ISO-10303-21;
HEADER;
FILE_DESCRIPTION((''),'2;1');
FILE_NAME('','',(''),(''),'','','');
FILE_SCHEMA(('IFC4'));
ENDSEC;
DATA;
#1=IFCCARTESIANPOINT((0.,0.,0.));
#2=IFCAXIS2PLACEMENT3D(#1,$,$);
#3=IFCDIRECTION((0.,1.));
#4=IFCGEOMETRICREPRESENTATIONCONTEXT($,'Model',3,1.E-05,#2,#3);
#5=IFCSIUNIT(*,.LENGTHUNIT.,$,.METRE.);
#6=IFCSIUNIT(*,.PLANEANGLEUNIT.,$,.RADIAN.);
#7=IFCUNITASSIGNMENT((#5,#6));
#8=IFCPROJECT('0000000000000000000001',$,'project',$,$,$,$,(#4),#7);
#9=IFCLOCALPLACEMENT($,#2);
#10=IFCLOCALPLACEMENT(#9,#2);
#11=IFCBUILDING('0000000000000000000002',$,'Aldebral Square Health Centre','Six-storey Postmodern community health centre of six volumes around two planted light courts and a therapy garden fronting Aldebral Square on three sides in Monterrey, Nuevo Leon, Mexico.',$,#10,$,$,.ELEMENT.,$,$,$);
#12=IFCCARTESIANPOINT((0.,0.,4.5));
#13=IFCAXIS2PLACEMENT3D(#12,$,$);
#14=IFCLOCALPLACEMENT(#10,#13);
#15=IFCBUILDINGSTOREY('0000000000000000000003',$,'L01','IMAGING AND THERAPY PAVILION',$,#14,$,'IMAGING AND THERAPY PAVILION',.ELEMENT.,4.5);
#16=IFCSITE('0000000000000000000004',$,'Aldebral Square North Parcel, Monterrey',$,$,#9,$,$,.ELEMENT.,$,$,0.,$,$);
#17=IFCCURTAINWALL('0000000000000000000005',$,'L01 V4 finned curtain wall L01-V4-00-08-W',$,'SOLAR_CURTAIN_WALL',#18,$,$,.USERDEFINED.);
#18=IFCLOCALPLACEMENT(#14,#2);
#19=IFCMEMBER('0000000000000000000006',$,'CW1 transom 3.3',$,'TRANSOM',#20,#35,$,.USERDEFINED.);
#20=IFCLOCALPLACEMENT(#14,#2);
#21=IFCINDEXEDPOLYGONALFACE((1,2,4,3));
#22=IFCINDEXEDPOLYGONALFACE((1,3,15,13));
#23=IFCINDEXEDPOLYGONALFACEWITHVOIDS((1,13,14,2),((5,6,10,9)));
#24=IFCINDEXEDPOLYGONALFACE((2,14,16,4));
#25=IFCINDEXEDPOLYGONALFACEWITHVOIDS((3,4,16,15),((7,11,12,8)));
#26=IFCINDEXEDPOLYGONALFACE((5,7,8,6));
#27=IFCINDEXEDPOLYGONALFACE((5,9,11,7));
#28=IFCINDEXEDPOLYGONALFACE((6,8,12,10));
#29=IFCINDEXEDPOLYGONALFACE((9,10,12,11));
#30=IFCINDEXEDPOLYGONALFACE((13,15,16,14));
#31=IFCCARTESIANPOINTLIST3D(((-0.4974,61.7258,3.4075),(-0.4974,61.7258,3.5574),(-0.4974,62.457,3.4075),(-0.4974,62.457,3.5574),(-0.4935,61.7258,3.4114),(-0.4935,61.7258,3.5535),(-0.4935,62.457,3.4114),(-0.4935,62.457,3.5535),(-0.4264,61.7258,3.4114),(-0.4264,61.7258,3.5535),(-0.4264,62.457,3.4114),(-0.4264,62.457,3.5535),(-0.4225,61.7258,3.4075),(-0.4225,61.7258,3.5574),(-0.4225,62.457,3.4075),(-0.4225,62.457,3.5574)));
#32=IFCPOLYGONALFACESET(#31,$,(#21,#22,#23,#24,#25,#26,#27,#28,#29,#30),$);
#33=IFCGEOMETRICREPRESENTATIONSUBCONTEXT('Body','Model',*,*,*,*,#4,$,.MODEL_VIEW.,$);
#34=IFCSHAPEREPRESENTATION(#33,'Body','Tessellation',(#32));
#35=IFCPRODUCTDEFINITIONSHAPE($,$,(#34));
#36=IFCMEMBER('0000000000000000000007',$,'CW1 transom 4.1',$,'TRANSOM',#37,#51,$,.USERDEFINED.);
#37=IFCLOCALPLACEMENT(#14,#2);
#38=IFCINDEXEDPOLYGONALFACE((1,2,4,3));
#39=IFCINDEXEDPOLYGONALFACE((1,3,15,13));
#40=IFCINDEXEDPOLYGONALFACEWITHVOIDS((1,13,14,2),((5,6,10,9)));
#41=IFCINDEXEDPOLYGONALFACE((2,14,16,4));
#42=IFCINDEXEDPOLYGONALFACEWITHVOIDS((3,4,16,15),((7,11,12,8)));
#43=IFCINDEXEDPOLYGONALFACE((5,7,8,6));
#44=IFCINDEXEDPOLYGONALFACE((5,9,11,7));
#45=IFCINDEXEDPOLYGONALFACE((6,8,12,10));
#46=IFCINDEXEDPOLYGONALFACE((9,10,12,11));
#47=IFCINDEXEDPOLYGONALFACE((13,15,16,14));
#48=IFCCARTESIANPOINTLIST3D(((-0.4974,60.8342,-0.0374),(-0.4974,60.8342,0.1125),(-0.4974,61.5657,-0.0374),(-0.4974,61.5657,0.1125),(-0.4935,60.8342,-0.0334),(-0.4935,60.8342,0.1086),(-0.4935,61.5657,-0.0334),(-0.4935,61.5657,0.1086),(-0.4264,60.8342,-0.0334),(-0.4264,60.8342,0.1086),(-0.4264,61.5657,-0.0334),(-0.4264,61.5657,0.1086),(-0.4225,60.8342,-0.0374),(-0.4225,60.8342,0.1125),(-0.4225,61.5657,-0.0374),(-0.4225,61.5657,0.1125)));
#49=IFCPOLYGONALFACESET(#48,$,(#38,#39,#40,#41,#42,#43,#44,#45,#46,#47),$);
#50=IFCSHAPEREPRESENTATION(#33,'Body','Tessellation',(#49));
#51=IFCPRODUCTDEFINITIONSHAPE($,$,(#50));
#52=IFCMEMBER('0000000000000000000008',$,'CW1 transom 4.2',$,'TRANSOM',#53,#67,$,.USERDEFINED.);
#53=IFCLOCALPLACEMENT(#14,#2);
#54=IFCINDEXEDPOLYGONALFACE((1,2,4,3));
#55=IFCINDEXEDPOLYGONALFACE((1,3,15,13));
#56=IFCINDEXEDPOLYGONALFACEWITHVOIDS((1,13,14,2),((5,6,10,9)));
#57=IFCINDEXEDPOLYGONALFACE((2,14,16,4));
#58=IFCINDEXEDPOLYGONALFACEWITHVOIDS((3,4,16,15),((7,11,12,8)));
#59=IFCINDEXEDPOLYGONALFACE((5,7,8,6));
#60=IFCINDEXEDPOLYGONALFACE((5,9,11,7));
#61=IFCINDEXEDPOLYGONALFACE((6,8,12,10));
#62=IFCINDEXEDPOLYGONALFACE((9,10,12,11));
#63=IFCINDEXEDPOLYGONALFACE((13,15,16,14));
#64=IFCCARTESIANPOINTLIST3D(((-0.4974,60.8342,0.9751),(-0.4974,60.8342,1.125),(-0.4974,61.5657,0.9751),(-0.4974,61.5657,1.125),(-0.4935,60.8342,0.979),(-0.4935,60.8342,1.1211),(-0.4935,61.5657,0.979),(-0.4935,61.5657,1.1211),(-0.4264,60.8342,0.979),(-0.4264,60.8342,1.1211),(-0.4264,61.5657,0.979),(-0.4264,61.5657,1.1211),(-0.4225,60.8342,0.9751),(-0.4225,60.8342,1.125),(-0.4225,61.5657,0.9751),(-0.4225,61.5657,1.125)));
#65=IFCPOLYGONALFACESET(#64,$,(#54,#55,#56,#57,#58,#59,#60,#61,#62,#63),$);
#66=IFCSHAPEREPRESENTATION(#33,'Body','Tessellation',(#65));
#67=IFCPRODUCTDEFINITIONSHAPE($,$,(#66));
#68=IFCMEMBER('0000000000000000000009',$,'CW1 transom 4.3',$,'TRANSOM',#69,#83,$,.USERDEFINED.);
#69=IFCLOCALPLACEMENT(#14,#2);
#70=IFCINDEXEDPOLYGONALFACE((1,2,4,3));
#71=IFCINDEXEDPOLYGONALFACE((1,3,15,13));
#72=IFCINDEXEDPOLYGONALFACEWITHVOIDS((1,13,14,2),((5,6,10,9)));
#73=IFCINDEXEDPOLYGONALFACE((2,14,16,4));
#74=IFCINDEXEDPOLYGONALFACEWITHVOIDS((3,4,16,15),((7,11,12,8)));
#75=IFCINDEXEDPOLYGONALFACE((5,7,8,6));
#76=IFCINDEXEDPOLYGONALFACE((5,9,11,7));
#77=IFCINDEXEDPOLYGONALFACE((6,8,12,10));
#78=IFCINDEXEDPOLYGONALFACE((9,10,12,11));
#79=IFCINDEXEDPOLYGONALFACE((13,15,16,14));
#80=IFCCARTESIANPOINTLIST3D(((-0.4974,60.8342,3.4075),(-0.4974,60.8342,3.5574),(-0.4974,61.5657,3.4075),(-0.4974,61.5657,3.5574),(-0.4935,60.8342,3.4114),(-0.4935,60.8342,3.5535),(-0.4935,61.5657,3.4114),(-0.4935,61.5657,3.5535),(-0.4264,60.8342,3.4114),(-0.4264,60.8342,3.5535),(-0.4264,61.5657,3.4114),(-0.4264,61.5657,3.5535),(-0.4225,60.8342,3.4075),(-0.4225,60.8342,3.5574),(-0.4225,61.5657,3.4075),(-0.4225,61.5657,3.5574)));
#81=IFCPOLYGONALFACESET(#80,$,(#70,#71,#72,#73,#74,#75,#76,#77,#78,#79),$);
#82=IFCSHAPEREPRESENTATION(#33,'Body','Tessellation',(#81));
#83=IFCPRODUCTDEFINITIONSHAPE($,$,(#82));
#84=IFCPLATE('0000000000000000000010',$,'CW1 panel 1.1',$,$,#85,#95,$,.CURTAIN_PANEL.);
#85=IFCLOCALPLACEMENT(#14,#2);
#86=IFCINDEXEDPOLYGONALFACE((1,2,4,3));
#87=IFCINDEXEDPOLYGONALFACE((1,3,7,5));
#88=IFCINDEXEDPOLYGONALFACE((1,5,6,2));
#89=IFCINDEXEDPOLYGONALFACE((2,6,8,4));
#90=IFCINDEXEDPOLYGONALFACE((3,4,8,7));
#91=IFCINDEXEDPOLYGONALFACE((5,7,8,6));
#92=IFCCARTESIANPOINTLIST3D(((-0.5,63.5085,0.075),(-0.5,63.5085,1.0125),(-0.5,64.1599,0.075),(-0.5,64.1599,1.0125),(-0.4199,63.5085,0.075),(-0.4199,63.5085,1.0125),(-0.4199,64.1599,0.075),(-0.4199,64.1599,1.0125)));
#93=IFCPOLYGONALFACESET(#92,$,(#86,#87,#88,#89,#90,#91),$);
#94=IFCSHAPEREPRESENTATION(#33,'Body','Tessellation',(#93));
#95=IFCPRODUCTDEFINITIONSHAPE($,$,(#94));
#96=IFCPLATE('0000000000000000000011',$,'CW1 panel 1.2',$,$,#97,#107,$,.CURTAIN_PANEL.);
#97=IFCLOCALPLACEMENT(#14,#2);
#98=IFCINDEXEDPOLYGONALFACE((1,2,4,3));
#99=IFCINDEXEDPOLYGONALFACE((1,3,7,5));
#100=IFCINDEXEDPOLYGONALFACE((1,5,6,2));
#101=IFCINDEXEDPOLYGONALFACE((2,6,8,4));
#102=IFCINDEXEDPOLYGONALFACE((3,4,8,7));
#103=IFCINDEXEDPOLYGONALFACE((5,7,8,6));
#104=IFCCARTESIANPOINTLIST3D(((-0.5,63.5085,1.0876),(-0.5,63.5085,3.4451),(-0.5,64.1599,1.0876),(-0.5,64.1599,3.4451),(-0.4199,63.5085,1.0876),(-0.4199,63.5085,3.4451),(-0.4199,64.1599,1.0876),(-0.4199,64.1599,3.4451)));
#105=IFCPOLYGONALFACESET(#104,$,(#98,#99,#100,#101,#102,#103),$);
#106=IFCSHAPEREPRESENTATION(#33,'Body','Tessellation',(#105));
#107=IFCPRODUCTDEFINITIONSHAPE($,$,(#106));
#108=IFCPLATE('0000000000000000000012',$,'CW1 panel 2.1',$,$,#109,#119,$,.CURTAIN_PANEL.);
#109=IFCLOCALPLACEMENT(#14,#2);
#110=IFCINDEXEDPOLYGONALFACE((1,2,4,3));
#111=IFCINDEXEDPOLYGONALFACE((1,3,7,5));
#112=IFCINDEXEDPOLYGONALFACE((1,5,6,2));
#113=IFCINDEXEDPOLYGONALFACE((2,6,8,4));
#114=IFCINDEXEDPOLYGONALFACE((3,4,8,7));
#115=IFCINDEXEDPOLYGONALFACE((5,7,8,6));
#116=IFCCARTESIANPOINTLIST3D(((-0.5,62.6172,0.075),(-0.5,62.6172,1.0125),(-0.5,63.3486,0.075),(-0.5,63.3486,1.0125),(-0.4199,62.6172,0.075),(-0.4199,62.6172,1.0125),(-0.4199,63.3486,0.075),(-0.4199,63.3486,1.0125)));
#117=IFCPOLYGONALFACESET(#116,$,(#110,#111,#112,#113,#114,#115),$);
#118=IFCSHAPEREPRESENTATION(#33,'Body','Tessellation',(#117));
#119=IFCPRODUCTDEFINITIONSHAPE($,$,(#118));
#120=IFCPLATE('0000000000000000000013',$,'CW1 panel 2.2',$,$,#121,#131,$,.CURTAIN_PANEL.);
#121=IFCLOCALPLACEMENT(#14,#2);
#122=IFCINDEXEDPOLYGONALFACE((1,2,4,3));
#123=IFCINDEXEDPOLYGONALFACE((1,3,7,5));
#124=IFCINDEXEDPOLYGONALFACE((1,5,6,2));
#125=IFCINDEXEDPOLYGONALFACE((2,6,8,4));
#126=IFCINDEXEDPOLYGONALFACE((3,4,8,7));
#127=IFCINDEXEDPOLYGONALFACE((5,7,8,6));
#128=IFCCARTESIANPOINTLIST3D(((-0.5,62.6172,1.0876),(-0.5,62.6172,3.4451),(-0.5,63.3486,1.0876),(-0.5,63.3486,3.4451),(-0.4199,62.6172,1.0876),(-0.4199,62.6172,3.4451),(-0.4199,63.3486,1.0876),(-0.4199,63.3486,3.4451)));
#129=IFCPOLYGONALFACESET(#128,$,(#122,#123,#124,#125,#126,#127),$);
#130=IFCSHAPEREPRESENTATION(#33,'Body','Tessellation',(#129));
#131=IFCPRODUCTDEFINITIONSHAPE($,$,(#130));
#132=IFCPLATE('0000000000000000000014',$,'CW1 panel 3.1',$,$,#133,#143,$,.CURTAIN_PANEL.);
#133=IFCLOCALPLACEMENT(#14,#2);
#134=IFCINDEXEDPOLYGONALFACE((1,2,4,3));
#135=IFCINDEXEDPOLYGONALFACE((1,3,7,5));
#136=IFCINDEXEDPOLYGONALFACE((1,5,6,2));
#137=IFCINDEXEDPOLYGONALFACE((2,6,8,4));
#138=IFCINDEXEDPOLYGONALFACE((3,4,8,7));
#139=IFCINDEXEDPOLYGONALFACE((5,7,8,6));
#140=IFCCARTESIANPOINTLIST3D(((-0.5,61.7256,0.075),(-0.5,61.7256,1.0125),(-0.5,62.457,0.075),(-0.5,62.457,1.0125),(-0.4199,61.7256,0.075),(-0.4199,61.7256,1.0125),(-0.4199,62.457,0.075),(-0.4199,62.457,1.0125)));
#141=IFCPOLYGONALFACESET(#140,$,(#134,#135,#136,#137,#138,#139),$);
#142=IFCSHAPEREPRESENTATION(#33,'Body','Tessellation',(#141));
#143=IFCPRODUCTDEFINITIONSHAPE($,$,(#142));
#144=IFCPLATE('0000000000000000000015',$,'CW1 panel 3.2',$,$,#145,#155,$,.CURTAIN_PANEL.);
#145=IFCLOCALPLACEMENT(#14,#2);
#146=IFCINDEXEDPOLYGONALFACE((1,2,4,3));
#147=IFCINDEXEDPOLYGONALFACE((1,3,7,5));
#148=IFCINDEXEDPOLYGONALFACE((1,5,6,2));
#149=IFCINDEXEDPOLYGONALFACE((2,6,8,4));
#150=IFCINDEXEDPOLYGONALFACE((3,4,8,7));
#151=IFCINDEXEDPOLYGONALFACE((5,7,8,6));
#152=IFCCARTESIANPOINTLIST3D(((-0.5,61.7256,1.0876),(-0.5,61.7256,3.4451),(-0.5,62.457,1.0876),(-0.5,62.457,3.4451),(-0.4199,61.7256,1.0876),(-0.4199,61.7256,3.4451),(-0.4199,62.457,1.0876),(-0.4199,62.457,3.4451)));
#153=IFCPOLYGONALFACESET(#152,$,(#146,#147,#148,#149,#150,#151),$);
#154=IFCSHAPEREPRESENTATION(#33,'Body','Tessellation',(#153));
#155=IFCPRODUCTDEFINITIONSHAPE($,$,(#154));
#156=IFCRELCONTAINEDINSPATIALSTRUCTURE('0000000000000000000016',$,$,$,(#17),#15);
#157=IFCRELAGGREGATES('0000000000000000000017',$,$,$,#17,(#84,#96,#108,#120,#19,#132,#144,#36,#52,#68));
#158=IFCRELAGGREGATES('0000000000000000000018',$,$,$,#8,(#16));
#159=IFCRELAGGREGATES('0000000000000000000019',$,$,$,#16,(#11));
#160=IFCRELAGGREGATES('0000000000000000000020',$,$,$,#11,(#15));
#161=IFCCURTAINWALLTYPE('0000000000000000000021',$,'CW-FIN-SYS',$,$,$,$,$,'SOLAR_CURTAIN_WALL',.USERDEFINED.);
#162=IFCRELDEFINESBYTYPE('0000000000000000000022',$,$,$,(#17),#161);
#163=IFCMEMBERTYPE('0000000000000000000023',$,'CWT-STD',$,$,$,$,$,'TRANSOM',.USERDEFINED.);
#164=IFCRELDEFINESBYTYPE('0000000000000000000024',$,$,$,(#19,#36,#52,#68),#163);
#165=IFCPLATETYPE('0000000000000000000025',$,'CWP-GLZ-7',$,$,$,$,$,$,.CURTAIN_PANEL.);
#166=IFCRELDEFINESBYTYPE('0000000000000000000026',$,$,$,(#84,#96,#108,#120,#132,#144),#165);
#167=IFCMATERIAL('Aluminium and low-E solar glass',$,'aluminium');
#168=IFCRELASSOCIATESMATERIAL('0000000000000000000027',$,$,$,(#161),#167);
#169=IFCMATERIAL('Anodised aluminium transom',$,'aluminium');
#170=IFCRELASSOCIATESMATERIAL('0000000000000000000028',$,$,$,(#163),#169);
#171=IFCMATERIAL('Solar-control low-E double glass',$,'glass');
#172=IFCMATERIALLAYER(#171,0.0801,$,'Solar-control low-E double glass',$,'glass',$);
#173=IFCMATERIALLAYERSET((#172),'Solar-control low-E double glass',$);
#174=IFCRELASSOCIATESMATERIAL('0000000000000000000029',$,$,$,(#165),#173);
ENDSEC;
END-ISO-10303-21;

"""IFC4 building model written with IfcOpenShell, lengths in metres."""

from ifc_helpers import new_model, si_unit, direction, frame, origin, origin_2d, place, context, subcontext, project, spatial, rectangle, hollow_rectangle, extrude, material, layer, layer_set, material_profile, profile_set, type_object, element, aggregate, save


model = new_model("IFC4")

# Units and contexts
model_context = context("Model", 3, precision=1e-05, world=origin(), true_north=direction((0.0, 1.0)))
body_context = subcontext(model_context, "Body", "Model", "MODEL_VIEW")
ifc_project = project(units=[si_unit("LENGTHUNIT", "METRE"), si_unit("PLANEANGLEUNIT", "RADIAN")], contexts=[model_context])

# Site, building, storey
site_placement = place(None, origin())
site = spatial("IfcSite", under=ifc_project, at=site_placement, Name="Aldebral Square North Parcel, Monterrey", CompositionType="ELEMENT", RefElevation=0.0)
building_placement = place(site_placement, origin())
building = spatial("IfcBuilding", under=site, at=building_placement, Name="Aldebral Square Health Centre", Description="Six-storey Postmodern community health centre of six volumes around two planted light courts and a therapy garden fronting Aldebral Square on three sides in Monterrey, Nuevo Leon, Mexico.", CompositionType="ELEMENT")
storey_placement = place(building_placement, frame((0.0, 0.0, 4.5)))
storey = spatial("IfcBuildingStorey", under=building, at=storey_placement, Name="L01", Description="IMAGING AND THERAPY PAVILION", LongName="IMAGING AND THERAPY PAVILION", CompositionType="ELEMENT", Elevation=4.5)

# Curtain wall, members, plates
ifc_material_1 = material(Name="Aluminium and low-E solar glass", Category="aluminium")
curtain_wall_type = type_object("IfcCurtainWallType", Name="CW-FIN-SYS", ElementType="SOLAR_CURTAIN_WALL", PredefinedType="USERDEFINED", material=ifc_material_1)
curtain_wall_placement = place(storey_placement, origin())
curtain_wall = element("IfcCurtainWall", 1, at=curtain_wall_placement, inside=storey, type_object=curtain_wall_type, Name="L01 V4 finned curtain wall L01-V4-00-08-W", ObjectType="SOLAR_CURTAIN_WALL", PredefinedType="USERDEFINED")
ifc_material_2 = material(Name="Anodised aluminium transom", Category="aluminium")
ifc_material_profile_1 = material_profile(ifc_material_2, hollow_rectangle(XDim=0.075, YDim=0.1499, WallThickness=0.0039, at=origin_2d()), Name="CWT 75x150x4")
ifc_profile_set_1 = profile_set([ifc_material_profile_1], Name="Anodised aluminium transom")
member_type_1 = type_object("IfcMemberType", Name="CWT-STD", ElementType="TRANSOM", PredefinedType="USERDEFINED", material=ifc_profile_set_1)
member_1_placement = place(storey_placement, frame((-0.46, 62.457, 3.4824), z_axis=(0.0, -1.0, 0.0), x_axis=(1.0, 0.0, 0.0)))
member_1 = element("IfcMember", 2, at=member_1_placement, type_object=member_type_1, Name="CW1 transom 3.3", ObjectType="TRANSOM", PredefinedType="USERDEFINED", context=body_context, shape_type="SweptSolid", body=[
    extrude(hollow_rectangle(XDim=0.075, YDim=0.1499, WallThickness=0.0039, at=origin_2d()), origin(), (0.0, 0.0, 1.0), 0.7312),
])
member_2_placement = place(storey_placement, frame((-0.46, 61.5657, 0.0376), z_axis=(0.0, -1.0, 0.0), x_axis=(1.0, 0.0, 0.0)))
member_2 = element("IfcMember", 3, at=member_2_placement, type_object=member_type_1, Name="CW1 transom 4.1", ObjectType="TRANSOM", PredefinedType="USERDEFINED", context=body_context, shape_type="SweptSolid", body=[
    extrude(hollow_rectangle(XDim=0.075, YDim=0.1499, WallThickness=0.0039, at=origin_2d()), origin(), (0.0, 0.0, 1.0), 0.7314),
])
member_3_placement = place(storey_placement, frame((-0.46, 61.5657, 1.05), z_axis=(0.0, -1.0, 0.0), x_axis=(1.0, 0.0, 0.0)))
member_3 = element("IfcMember", 4, at=member_3_placement, type_object=member_type_1, Name="CW1 transom 4.2", ObjectType="TRANSOM", PredefinedType="USERDEFINED", context=body_context, shape_type="SweptSolid", body=[
    extrude(hollow_rectangle(XDim=0.075, YDim=0.1499, WallThickness=0.0039, at=origin_2d()), origin(), (0.0, 0.0, 1.0), 0.7314),
])
member_4_placement = place(storey_placement, frame((-0.46, 61.5657, 3.4824), z_axis=(0.0, -1.0, 0.0), x_axis=(1.0, 0.0, 0.0)))
member_4 = element("IfcMember", 5, at=member_4_placement, type_object=member_type_1, Name="CW1 transom 4.3", ObjectType="TRANSOM", PredefinedType="USERDEFINED", context=body_context, shape_type="SweptSolid", body=[
    extrude(hollow_rectangle(XDim=0.075, YDim=0.1499, WallThickness=0.0039, at=origin_2d()), origin(), (0.0, 0.0, 1.0), 0.7314),
])
ifc_material_3 = material(Name="Solar-control low-E double glass", Category="glass")
ifc_layer = layer(ifc_material_3, 0.0801, Name="Solar-control low-E double glass", Category="glass")
ifc_layer_set = layer_set([ifc_layer], Name="Solar-control low-E double glass")
plate_type = type_object("IfcPlateType", Name="CWP-GLZ-7", PredefinedType="CURTAIN_PANEL", material=ifc_layer_set)
plate_1_placement = place(storey_placement, frame((-0.46, 63.8342, 0.075), z_axis=(0.0, 0.0, 1.0), x_axis=(0.0, -1.0, 0.0)))
plate_1 = element("IfcPlate", 6, at=plate_1_placement, type_object=plate_type, Name="CW1 panel 1.1", PredefinedType="CURTAIN_PANEL", context=body_context, shape_type="SweptSolid", body=[
    extrude(rectangle(XDim=0.6514, YDim=0.0801, at=origin_2d()), origin(), (0.0, 0.0, 1.0), 0.9375),
])
plate_2_placement = place(storey_placement, frame((-0.46, 63.8342, 1.0876), z_axis=(0.0, 0.0, 1.0), x_axis=(0.0, -1.0, 0.0)))
plate_2 = element("IfcPlate", 7, at=plate_2_placement, type_object=plate_type, Name="CW1 panel 1.2", PredefinedType="CURTAIN_PANEL", context=body_context, shape_type="SweptSolid", body=[
    extrude(rectangle(XDim=0.6514, YDim=0.0801, at=origin_2d()), origin(), (0.0, 0.0, 1.0), 2.3574),
])
plate_3_placement = place(storey_placement, frame((-0.46, 62.9829, 0.075), z_axis=(0.0, 0.0, 1.0), x_axis=(0.0, -1.0, 0.0)))
plate_3 = element("IfcPlate", 8, at=plate_3_placement, type_object=plate_type, Name="CW1 panel 2.1", PredefinedType="CURTAIN_PANEL", context=body_context, shape_type="SweptSolid", body=[
    extrude(rectangle(XDim=0.7314, YDim=0.0801, at=origin_2d()), origin(), (0.0, 0.0, 1.0), 0.9375),
])
plate_4_placement = place(storey_placement, frame((-0.46, 62.9829, 1.0876), z_axis=(0.0, 0.0, 1.0), x_axis=(0.0, -1.0, 0.0)))
plate_4 = element("IfcPlate", 9, at=plate_4_placement, type_object=plate_type, Name="CW1 panel 2.2", PredefinedType="CURTAIN_PANEL", context=body_context, shape_type="SweptSolid", body=[
    extrude(rectangle(XDim=0.7314, YDim=0.0801, at=origin_2d()), origin(), (0.0, 0.0, 1.0), 2.3574),
])
plate_5_placement = place(storey_placement, frame((-0.46, 62.0913, 0.075), z_axis=(0.0, 0.0, 1.0), x_axis=(0.0, -1.0, 0.0)))
plate_5 = element("IfcPlate", 10, at=plate_5_placement, type_object=plate_type, Name="CW1 panel 3.1", PredefinedType="CURTAIN_PANEL", context=body_context, shape_type="SweptSolid", body=[
    extrude(rectangle(XDim=0.7314, YDim=0.0801, at=origin_2d()), origin(), (0.0, 0.0, 1.0), 0.9375),
])
plate_6_placement = place(storey_placement, frame((-0.46, 62.0913, 1.0876), z_axis=(0.0, 0.0, 1.0), x_axis=(0.0, -1.0, 0.0)))
plate_6 = element("IfcPlate", 11, at=plate_6_placement, type_object=plate_type, Name="CW1 panel 3.2", PredefinedType="CURTAIN_PANEL", context=body_context, shape_type="SweptSolid", body=[
    extrude(rectangle(XDim=0.7314, YDim=0.0801, at=origin_2d()), origin(), (0.0, 0.0, 1.0), 2.3574),
])
aggregate(curtain_wall, [plate_1, plate_2, plate_3, plate_4, member_1, plate_5, plate_6, member_2, member_3, member_4])

save(model, "model.ifc")
